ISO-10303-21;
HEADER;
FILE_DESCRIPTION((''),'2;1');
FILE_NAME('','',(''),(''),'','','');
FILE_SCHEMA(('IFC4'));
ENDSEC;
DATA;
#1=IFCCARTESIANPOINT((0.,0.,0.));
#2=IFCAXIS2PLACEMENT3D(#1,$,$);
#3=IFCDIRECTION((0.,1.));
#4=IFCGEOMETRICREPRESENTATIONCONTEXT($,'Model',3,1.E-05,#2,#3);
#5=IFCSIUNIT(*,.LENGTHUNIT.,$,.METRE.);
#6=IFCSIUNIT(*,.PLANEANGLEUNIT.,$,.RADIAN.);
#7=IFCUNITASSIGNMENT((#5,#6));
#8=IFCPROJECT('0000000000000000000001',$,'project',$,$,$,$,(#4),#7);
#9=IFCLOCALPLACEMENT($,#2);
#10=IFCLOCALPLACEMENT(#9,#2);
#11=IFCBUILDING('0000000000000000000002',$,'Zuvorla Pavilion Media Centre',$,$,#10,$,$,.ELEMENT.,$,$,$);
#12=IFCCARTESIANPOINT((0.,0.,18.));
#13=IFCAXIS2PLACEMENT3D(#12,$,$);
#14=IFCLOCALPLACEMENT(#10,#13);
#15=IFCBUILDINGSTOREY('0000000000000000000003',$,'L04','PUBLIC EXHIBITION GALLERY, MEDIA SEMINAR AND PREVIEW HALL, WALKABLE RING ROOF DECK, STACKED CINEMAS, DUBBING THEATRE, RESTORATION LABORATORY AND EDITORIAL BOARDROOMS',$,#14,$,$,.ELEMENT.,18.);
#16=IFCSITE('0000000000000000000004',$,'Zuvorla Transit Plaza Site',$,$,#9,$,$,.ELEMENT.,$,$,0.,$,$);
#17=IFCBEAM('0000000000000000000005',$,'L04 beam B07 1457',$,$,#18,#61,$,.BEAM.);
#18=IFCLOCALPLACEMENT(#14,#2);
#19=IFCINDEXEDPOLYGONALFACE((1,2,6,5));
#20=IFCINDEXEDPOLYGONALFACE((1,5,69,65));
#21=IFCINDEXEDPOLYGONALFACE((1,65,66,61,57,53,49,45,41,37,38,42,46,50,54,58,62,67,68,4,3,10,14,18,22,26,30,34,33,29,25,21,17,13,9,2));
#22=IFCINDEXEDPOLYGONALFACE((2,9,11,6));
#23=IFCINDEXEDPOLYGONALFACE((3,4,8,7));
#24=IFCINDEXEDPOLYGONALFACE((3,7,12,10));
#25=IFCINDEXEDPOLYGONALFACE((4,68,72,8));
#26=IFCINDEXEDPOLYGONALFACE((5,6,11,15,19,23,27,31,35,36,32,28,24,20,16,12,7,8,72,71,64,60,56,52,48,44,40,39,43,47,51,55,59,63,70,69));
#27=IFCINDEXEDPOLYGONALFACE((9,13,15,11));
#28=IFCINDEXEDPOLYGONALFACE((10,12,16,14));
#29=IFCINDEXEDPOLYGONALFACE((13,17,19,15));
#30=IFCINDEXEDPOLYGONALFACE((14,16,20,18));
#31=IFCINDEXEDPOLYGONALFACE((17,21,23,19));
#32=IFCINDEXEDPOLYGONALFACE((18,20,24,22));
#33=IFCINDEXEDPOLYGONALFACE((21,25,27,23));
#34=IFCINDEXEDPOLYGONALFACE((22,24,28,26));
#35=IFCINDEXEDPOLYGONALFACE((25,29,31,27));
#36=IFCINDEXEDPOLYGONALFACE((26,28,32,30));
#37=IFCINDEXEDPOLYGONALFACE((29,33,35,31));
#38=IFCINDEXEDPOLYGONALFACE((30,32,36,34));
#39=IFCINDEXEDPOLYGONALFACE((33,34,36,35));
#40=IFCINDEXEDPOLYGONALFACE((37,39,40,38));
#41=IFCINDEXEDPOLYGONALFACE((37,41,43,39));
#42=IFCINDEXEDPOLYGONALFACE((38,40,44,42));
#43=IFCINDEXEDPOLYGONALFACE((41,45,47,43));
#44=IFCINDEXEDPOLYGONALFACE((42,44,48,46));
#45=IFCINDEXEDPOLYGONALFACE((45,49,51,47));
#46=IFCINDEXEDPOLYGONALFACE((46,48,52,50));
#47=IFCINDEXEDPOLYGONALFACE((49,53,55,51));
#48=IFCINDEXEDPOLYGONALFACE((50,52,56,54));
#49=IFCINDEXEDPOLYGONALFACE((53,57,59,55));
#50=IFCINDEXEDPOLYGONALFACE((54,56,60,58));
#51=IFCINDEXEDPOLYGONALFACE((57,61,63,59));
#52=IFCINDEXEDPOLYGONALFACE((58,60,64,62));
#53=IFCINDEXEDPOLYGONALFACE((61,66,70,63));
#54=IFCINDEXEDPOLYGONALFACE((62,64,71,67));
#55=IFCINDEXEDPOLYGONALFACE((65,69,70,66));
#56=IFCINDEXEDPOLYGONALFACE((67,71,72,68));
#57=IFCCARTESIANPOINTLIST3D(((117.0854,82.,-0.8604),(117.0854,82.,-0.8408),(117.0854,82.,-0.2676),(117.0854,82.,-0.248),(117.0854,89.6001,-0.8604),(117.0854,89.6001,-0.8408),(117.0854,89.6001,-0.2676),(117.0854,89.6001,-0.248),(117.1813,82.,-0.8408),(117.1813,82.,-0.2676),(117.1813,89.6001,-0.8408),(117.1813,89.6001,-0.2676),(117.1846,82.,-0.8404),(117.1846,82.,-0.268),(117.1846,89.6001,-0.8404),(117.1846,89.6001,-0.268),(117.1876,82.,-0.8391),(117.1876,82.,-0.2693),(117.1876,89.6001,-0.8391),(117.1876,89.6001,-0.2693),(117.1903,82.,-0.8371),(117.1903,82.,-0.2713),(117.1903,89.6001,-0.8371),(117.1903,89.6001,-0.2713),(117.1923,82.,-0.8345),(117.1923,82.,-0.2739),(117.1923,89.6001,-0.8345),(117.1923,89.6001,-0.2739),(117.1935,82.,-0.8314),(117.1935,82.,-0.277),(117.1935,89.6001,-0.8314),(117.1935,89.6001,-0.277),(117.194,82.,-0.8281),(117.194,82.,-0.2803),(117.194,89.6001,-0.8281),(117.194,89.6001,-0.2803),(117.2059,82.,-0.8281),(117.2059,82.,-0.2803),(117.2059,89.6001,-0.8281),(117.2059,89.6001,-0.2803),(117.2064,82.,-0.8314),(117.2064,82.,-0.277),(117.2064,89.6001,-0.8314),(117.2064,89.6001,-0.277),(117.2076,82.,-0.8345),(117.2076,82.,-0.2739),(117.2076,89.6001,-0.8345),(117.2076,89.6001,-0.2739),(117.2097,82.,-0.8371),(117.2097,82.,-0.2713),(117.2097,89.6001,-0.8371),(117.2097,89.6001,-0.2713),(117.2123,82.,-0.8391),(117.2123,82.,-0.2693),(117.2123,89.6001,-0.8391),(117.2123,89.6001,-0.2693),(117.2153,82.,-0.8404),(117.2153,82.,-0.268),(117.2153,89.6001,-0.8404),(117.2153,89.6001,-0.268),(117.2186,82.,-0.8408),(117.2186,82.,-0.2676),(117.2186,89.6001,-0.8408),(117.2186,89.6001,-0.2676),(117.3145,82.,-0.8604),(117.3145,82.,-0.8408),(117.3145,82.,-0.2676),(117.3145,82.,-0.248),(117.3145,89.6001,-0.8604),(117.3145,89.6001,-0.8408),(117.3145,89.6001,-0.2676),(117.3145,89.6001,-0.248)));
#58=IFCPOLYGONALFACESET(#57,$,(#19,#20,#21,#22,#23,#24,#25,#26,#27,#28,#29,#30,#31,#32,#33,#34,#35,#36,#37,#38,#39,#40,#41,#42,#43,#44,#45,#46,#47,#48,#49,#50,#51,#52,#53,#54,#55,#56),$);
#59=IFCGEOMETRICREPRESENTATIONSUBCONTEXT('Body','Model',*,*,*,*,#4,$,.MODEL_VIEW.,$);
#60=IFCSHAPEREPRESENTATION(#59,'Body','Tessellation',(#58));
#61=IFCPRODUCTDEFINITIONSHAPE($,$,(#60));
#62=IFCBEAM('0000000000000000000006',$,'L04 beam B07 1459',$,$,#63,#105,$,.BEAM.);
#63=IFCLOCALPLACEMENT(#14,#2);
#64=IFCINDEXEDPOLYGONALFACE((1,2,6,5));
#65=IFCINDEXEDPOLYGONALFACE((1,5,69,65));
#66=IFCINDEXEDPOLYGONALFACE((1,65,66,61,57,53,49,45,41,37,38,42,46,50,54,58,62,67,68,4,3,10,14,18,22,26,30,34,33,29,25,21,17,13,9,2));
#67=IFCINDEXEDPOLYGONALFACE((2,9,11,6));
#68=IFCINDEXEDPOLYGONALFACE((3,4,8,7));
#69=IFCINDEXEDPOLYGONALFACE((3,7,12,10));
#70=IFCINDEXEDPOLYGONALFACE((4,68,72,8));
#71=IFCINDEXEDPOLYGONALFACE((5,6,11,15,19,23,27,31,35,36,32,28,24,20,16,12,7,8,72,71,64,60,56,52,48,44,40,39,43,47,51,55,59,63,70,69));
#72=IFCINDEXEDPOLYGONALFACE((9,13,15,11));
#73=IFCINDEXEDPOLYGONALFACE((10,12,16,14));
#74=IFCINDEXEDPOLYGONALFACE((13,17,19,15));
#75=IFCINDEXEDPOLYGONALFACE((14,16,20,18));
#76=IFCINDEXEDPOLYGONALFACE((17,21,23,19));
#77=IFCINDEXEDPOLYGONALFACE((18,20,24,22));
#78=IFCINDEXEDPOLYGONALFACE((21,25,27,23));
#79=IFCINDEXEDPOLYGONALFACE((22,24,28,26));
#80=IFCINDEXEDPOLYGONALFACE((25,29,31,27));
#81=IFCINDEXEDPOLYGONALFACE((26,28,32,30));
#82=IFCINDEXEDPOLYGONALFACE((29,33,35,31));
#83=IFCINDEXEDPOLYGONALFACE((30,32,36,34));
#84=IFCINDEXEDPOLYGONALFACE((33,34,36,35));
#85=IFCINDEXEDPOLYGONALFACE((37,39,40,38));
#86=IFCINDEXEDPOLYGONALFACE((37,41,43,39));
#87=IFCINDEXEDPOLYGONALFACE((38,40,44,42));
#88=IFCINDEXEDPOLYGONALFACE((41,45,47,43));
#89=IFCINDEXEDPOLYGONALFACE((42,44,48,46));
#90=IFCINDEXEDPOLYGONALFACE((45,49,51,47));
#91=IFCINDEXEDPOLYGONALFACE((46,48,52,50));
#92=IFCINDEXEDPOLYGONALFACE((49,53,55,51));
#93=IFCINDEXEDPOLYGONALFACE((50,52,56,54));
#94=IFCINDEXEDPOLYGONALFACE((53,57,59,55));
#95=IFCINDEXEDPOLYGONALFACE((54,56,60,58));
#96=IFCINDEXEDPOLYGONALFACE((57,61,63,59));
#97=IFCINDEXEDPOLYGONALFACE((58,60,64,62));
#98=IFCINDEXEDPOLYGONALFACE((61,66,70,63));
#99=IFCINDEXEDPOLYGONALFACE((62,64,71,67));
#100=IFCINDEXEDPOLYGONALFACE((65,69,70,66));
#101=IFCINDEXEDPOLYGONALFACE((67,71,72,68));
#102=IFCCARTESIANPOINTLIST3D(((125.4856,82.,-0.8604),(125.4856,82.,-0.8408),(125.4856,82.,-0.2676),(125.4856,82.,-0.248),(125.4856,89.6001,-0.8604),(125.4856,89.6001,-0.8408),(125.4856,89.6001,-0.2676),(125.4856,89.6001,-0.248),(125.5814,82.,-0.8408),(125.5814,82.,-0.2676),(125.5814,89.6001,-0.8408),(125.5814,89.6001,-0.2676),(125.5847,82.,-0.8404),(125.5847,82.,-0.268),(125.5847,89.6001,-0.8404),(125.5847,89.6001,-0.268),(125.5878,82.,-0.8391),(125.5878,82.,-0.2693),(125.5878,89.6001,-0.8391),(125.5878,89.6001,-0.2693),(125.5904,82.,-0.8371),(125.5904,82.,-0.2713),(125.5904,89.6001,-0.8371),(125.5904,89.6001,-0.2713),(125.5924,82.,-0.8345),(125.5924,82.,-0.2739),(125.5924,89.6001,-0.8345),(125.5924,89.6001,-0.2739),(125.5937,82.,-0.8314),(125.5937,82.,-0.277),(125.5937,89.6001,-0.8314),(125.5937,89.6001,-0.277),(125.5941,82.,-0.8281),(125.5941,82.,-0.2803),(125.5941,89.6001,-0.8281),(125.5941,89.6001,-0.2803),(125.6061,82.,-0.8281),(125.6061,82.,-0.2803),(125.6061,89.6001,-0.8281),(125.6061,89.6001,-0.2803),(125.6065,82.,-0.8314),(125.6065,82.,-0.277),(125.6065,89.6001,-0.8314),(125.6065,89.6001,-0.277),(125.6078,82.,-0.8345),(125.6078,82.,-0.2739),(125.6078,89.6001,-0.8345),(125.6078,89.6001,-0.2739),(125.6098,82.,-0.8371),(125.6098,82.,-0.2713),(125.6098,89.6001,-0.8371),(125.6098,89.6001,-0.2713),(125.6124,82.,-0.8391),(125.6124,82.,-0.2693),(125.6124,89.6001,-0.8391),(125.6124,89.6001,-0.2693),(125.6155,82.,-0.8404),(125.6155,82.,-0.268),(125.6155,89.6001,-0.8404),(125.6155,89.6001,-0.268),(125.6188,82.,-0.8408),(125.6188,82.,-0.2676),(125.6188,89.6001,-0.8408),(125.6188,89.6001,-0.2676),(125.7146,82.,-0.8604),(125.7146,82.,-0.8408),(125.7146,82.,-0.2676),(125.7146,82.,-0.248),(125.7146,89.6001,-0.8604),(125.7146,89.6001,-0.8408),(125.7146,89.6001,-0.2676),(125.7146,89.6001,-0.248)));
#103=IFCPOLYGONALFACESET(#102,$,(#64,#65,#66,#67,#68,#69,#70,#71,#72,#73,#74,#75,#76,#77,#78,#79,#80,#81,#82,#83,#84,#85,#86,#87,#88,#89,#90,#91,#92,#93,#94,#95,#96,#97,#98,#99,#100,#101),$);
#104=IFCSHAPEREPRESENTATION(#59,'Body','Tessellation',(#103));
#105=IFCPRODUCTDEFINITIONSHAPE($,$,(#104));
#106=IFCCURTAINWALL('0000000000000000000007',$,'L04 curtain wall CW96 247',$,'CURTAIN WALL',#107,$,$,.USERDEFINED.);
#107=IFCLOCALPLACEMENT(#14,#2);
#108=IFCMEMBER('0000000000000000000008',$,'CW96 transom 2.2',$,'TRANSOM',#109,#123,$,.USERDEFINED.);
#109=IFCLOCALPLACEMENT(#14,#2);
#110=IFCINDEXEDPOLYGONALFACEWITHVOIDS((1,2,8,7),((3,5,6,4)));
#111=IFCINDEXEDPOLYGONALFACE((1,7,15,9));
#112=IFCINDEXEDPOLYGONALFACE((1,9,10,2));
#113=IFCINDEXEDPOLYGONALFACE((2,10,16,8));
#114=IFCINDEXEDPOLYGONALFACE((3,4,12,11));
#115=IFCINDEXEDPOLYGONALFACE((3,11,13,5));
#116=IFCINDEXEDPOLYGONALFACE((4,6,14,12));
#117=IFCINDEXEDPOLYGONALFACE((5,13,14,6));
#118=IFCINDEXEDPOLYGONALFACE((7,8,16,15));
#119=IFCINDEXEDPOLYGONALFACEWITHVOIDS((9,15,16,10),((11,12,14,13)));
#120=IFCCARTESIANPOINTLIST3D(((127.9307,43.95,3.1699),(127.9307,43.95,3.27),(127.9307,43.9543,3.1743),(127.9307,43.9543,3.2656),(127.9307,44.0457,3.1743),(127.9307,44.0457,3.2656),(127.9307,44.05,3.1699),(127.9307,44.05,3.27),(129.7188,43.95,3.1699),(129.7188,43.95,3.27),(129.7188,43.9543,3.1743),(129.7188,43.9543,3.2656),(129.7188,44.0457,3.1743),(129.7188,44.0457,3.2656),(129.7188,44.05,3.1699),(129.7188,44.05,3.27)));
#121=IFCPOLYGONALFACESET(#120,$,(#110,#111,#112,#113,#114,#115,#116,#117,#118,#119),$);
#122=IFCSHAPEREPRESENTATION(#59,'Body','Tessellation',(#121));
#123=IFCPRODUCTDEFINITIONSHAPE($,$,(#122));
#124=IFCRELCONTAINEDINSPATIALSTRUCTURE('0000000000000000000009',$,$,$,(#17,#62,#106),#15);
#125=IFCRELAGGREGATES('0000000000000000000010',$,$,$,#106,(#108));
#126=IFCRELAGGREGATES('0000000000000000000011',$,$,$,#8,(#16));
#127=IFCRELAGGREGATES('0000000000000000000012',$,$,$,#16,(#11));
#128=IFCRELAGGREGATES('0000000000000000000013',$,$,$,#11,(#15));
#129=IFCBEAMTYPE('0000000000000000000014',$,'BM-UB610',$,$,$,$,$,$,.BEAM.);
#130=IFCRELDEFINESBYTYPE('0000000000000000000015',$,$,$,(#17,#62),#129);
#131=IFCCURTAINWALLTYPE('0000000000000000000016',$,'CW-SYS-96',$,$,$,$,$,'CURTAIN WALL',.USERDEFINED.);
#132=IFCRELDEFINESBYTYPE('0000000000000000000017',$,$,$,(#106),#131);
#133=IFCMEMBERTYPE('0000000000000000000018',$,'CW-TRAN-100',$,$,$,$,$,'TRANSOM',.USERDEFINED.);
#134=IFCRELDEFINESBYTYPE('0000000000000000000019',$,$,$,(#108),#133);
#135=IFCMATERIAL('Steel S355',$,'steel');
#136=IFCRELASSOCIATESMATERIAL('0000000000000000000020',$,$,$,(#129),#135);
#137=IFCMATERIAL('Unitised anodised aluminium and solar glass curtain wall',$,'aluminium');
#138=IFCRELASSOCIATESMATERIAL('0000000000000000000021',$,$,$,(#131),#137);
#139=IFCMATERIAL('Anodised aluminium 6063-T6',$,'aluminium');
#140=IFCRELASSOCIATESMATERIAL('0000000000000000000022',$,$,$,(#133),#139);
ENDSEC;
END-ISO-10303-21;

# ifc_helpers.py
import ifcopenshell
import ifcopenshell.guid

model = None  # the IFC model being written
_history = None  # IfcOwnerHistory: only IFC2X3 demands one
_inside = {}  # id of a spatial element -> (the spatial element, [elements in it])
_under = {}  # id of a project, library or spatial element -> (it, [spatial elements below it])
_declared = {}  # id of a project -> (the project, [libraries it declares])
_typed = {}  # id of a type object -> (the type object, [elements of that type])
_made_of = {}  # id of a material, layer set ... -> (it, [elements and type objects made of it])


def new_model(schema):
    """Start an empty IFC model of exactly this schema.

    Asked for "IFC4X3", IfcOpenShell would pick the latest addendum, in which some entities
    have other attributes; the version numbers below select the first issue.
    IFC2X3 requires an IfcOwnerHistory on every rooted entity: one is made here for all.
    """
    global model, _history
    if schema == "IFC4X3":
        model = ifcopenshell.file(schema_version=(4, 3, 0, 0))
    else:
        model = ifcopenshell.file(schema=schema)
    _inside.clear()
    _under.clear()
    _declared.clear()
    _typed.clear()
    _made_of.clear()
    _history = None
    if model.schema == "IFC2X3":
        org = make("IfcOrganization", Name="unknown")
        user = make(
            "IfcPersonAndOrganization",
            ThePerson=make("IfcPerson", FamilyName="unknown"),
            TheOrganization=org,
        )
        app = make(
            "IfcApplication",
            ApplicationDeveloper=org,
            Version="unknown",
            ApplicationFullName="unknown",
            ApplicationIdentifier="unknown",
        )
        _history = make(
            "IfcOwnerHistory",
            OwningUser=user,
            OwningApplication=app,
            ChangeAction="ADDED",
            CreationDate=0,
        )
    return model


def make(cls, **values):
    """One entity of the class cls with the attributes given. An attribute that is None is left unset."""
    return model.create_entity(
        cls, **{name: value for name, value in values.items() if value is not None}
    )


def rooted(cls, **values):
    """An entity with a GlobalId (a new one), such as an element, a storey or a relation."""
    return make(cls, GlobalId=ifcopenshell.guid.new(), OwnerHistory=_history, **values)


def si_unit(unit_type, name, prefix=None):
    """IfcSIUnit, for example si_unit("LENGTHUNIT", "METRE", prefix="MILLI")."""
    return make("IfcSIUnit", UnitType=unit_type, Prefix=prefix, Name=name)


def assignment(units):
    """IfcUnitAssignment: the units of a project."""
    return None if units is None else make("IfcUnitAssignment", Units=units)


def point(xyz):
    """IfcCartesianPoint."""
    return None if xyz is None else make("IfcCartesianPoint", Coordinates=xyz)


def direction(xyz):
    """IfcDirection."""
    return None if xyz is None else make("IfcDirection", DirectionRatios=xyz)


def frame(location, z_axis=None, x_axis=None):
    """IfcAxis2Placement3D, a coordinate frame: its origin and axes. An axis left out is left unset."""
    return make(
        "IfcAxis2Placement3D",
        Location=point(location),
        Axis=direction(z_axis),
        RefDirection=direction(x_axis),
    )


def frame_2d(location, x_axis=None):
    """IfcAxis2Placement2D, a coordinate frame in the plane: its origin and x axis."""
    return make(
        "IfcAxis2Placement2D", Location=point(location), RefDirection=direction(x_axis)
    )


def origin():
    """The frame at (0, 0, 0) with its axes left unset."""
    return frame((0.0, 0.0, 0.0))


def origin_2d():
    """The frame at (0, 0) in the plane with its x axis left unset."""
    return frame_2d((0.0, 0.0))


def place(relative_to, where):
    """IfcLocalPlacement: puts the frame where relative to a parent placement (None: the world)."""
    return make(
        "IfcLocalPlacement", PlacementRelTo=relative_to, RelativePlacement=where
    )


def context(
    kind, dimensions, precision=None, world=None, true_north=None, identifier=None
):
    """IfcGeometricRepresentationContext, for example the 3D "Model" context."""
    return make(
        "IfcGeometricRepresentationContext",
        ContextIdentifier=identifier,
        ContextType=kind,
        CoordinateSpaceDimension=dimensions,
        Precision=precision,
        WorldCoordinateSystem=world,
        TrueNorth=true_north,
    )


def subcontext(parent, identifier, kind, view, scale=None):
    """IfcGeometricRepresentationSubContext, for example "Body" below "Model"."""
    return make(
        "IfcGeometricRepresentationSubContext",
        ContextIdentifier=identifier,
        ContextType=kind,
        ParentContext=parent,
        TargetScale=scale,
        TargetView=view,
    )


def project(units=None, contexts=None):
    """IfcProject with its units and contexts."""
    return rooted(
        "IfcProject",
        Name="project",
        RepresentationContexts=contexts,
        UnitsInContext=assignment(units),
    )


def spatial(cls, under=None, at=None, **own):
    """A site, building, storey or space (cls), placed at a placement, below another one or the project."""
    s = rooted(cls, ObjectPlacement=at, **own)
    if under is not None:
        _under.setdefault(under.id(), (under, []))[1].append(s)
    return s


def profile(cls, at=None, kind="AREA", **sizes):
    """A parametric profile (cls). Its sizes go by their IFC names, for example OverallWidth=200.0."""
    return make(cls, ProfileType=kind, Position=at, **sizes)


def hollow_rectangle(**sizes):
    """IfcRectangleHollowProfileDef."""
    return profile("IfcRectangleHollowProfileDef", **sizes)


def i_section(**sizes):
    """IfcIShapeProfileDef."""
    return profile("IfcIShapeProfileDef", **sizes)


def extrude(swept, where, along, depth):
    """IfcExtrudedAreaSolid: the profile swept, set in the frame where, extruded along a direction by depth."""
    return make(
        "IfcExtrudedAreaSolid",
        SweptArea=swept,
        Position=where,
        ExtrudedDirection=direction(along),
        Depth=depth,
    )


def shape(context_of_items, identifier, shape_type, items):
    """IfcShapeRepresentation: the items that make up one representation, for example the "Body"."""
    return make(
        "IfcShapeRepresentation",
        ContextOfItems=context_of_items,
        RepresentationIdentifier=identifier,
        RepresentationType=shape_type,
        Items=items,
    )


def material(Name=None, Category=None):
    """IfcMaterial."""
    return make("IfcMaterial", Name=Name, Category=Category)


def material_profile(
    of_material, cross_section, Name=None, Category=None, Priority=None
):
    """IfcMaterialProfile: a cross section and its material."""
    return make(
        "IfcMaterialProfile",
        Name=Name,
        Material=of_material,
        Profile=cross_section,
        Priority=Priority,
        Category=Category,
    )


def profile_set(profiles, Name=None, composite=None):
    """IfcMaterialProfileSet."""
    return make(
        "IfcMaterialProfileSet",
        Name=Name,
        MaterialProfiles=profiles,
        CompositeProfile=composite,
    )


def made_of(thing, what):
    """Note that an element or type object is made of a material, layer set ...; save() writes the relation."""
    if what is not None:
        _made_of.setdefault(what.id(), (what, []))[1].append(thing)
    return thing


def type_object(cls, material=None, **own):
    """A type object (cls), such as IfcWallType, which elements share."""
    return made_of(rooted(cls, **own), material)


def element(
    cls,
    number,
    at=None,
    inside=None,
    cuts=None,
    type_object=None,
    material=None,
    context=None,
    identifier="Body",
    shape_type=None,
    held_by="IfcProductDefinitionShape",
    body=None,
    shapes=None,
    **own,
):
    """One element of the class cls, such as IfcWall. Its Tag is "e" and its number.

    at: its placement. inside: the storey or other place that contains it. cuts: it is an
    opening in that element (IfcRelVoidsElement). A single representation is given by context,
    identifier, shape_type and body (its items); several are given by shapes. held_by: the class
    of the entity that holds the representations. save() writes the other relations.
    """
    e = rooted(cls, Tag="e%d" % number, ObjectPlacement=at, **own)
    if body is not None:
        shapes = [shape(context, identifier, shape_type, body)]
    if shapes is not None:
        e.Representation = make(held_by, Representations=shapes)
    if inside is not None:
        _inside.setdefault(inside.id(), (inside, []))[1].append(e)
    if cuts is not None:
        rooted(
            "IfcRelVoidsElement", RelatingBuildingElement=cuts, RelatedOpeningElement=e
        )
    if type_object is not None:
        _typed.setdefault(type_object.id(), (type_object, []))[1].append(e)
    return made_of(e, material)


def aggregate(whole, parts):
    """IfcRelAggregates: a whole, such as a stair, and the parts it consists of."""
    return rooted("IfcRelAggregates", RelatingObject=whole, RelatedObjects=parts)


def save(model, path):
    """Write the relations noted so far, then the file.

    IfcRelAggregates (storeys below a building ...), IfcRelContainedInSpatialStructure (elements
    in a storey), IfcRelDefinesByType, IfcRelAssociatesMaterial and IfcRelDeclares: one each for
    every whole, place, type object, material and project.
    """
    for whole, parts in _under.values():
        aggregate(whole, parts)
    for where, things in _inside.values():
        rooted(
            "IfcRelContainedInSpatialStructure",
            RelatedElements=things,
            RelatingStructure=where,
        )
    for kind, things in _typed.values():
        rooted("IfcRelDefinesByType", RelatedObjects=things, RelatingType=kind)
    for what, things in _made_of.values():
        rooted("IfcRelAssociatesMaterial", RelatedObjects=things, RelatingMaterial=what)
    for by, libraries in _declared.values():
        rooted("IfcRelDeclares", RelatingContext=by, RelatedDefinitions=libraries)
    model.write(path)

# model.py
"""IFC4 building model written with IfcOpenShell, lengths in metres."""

from ifc_helpers import new_model, si_unit, direction, frame, origin, origin_2d, place, context, subcontext, project, spatial, hollow_rectangle, i_section, extrude, material, material_profile, profile_set, type_object, element, aggregate, save


model = new_model("IFC4")

# Units and contexts
model_context = context("Model", 3, precision=1e-05, world=origin(), true_north=direction((0.0, 1.0)))
body_context = subcontext(model_context, "Body", "Model", "MODEL_VIEW")
ifc_project = project(units=[si_unit("LENGTHUNIT", "METRE"), si_unit("PLANEANGLEUNIT", "RADIAN")], contexts=[model_context])

# Site, building, storey
site_placement = place(None, origin())
site = spatial("IfcSite", under=ifc_project, at=site_placement, Name="Zuvorla Transit Plaza Site", CompositionType="ELEMENT", RefElevation=0.0)
building_placement = place(site_placement, origin())
building = spatial("IfcBuilding", under=site, at=building_placement, Name="Zuvorla Pavilion Media Centre", CompositionType="ELEMENT")
storey_placement = place(building_placement, frame((0.0, 0.0, 18.0)))
storey = spatial("IfcBuildingStorey", under=building, at=storey_placement, Name="L04", Description="PUBLIC EXHIBITION GALLERY, MEDIA SEMINAR AND PREVIEW HALL, WALKABLE RING ROOF DECK, STACKED CINEMAS, DUBBING THEATRE, RESTORATION LABORATORY AND EDITORIAL BOARDROOMS", CompositionType="ELEMENT", Elevation=18.0)

# Beams
ifc_material_1 = material(Name="Steel S355", Category="steel")
ifc_material_profile_1 = material_profile(ifc_material_1, i_section(OverallWidth=0.229, OverallDepth=0.6123, WebThickness=0.012, FlangeThickness=0.0195, FilletRadius=0.0127, at=origin_2d()), Name="UB 610x229x125")
ifc_profile_set_1 = profile_set([ifc_material_profile_1], Name="Steel S355")
beam_type_1 = type_object("IfcBeamType", Name="BM-UB610", PredefinedType="BEAM", material=ifc_profile_set_1)
for number, where, z_axis, x_axis, name in (
    (1, (117.2, 82.0, -0.5542), (0.0, 1.0, 0.0), (-1.0, 0.0, 0.0), "L04 beam B07 1457"),
    (2, (125.6001, 82.0, -0.5542), (0.0, 1.0, 0.0), (-1.0, 0.0, 0.0), "L04 beam B07 1459"),
):
    element("IfcBeam", number, at=place(storey_placement, frame(where, z_axis=z_axis, x_axis=x_axis)), inside=storey, type_object=beam_type_1, Name=name, PredefinedType="BEAM", context=body_context, shape_type="SweptSolid", body=[
        extrude(i_section(OverallWidth=0.229, OverallDepth=0.6123, WebThickness=0.012, FlangeThickness=0.0195, FilletRadius=0.0127, at=origin_2d()), origin(), (0.0, 0.0, 1.0), 7.6001),
    ])

# Curtain wall, member
ifc_material_2 = material(Name="Unitised anodised aluminium and solar glass curtain wall", Category="aluminium")
curtain_wall_type = type_object("IfcCurtainWallType", Name="CW-SYS-96", ElementType="CURTAIN WALL", PredefinedType="USERDEFINED", material=ifc_material_2)
curtain_wall_placement = place(storey_placement, origin())
curtain_wall = element("IfcCurtainWall", 3, at=curtain_wall_placement, inside=storey, type_object=curtain_wall_type, Name="L04 curtain wall CW96 247", ObjectType="CURTAIN WALL", PredefinedType="USERDEFINED")
ifc_material_3 = material(Name="Anodised aluminium 6063-T6", Category="aluminium")
ifc_material_profile_2 = material_profile(ifc_material_3, hollow_rectangle(XDim=0.1001, YDim=0.1001, WallThickness=0.0044, at=origin_2d()), Name="ALU TRAN 100x100")
ifc_profile_set_2 = profile_set([ifc_material_profile_2], Name="Anodised aluminium 6063-T6")
member_type = type_object("IfcMemberType", Name="CW-TRAN-100", ElementType="TRANSOM", PredefinedType="USERDEFINED", material=ifc_profile_set_2)
member_placement = place(storey_placement, frame((127.9307, 44.0, 3.22), z_axis=(1.0, 0.0, 0.0), x_axis=(0.0, 1.0, 0.0)))
member = element("IfcMember", 4, at=member_placement, type_object=member_type, Name="CW96 transom 2.2", ObjectType="TRANSOM", PredefinedType="USERDEFINED", context=body_context, shape_type="SweptSolid", body=[
    extrude(hollow_rectangle(XDim=0.1001, YDim=0.1001, WallThickness=0.0044, at=origin_2d()), origin(), (0.0, 0.0, 1.0), 1.7881),
])
aggregate(curtain_wall, [member])

save(model, "model.ifc")
